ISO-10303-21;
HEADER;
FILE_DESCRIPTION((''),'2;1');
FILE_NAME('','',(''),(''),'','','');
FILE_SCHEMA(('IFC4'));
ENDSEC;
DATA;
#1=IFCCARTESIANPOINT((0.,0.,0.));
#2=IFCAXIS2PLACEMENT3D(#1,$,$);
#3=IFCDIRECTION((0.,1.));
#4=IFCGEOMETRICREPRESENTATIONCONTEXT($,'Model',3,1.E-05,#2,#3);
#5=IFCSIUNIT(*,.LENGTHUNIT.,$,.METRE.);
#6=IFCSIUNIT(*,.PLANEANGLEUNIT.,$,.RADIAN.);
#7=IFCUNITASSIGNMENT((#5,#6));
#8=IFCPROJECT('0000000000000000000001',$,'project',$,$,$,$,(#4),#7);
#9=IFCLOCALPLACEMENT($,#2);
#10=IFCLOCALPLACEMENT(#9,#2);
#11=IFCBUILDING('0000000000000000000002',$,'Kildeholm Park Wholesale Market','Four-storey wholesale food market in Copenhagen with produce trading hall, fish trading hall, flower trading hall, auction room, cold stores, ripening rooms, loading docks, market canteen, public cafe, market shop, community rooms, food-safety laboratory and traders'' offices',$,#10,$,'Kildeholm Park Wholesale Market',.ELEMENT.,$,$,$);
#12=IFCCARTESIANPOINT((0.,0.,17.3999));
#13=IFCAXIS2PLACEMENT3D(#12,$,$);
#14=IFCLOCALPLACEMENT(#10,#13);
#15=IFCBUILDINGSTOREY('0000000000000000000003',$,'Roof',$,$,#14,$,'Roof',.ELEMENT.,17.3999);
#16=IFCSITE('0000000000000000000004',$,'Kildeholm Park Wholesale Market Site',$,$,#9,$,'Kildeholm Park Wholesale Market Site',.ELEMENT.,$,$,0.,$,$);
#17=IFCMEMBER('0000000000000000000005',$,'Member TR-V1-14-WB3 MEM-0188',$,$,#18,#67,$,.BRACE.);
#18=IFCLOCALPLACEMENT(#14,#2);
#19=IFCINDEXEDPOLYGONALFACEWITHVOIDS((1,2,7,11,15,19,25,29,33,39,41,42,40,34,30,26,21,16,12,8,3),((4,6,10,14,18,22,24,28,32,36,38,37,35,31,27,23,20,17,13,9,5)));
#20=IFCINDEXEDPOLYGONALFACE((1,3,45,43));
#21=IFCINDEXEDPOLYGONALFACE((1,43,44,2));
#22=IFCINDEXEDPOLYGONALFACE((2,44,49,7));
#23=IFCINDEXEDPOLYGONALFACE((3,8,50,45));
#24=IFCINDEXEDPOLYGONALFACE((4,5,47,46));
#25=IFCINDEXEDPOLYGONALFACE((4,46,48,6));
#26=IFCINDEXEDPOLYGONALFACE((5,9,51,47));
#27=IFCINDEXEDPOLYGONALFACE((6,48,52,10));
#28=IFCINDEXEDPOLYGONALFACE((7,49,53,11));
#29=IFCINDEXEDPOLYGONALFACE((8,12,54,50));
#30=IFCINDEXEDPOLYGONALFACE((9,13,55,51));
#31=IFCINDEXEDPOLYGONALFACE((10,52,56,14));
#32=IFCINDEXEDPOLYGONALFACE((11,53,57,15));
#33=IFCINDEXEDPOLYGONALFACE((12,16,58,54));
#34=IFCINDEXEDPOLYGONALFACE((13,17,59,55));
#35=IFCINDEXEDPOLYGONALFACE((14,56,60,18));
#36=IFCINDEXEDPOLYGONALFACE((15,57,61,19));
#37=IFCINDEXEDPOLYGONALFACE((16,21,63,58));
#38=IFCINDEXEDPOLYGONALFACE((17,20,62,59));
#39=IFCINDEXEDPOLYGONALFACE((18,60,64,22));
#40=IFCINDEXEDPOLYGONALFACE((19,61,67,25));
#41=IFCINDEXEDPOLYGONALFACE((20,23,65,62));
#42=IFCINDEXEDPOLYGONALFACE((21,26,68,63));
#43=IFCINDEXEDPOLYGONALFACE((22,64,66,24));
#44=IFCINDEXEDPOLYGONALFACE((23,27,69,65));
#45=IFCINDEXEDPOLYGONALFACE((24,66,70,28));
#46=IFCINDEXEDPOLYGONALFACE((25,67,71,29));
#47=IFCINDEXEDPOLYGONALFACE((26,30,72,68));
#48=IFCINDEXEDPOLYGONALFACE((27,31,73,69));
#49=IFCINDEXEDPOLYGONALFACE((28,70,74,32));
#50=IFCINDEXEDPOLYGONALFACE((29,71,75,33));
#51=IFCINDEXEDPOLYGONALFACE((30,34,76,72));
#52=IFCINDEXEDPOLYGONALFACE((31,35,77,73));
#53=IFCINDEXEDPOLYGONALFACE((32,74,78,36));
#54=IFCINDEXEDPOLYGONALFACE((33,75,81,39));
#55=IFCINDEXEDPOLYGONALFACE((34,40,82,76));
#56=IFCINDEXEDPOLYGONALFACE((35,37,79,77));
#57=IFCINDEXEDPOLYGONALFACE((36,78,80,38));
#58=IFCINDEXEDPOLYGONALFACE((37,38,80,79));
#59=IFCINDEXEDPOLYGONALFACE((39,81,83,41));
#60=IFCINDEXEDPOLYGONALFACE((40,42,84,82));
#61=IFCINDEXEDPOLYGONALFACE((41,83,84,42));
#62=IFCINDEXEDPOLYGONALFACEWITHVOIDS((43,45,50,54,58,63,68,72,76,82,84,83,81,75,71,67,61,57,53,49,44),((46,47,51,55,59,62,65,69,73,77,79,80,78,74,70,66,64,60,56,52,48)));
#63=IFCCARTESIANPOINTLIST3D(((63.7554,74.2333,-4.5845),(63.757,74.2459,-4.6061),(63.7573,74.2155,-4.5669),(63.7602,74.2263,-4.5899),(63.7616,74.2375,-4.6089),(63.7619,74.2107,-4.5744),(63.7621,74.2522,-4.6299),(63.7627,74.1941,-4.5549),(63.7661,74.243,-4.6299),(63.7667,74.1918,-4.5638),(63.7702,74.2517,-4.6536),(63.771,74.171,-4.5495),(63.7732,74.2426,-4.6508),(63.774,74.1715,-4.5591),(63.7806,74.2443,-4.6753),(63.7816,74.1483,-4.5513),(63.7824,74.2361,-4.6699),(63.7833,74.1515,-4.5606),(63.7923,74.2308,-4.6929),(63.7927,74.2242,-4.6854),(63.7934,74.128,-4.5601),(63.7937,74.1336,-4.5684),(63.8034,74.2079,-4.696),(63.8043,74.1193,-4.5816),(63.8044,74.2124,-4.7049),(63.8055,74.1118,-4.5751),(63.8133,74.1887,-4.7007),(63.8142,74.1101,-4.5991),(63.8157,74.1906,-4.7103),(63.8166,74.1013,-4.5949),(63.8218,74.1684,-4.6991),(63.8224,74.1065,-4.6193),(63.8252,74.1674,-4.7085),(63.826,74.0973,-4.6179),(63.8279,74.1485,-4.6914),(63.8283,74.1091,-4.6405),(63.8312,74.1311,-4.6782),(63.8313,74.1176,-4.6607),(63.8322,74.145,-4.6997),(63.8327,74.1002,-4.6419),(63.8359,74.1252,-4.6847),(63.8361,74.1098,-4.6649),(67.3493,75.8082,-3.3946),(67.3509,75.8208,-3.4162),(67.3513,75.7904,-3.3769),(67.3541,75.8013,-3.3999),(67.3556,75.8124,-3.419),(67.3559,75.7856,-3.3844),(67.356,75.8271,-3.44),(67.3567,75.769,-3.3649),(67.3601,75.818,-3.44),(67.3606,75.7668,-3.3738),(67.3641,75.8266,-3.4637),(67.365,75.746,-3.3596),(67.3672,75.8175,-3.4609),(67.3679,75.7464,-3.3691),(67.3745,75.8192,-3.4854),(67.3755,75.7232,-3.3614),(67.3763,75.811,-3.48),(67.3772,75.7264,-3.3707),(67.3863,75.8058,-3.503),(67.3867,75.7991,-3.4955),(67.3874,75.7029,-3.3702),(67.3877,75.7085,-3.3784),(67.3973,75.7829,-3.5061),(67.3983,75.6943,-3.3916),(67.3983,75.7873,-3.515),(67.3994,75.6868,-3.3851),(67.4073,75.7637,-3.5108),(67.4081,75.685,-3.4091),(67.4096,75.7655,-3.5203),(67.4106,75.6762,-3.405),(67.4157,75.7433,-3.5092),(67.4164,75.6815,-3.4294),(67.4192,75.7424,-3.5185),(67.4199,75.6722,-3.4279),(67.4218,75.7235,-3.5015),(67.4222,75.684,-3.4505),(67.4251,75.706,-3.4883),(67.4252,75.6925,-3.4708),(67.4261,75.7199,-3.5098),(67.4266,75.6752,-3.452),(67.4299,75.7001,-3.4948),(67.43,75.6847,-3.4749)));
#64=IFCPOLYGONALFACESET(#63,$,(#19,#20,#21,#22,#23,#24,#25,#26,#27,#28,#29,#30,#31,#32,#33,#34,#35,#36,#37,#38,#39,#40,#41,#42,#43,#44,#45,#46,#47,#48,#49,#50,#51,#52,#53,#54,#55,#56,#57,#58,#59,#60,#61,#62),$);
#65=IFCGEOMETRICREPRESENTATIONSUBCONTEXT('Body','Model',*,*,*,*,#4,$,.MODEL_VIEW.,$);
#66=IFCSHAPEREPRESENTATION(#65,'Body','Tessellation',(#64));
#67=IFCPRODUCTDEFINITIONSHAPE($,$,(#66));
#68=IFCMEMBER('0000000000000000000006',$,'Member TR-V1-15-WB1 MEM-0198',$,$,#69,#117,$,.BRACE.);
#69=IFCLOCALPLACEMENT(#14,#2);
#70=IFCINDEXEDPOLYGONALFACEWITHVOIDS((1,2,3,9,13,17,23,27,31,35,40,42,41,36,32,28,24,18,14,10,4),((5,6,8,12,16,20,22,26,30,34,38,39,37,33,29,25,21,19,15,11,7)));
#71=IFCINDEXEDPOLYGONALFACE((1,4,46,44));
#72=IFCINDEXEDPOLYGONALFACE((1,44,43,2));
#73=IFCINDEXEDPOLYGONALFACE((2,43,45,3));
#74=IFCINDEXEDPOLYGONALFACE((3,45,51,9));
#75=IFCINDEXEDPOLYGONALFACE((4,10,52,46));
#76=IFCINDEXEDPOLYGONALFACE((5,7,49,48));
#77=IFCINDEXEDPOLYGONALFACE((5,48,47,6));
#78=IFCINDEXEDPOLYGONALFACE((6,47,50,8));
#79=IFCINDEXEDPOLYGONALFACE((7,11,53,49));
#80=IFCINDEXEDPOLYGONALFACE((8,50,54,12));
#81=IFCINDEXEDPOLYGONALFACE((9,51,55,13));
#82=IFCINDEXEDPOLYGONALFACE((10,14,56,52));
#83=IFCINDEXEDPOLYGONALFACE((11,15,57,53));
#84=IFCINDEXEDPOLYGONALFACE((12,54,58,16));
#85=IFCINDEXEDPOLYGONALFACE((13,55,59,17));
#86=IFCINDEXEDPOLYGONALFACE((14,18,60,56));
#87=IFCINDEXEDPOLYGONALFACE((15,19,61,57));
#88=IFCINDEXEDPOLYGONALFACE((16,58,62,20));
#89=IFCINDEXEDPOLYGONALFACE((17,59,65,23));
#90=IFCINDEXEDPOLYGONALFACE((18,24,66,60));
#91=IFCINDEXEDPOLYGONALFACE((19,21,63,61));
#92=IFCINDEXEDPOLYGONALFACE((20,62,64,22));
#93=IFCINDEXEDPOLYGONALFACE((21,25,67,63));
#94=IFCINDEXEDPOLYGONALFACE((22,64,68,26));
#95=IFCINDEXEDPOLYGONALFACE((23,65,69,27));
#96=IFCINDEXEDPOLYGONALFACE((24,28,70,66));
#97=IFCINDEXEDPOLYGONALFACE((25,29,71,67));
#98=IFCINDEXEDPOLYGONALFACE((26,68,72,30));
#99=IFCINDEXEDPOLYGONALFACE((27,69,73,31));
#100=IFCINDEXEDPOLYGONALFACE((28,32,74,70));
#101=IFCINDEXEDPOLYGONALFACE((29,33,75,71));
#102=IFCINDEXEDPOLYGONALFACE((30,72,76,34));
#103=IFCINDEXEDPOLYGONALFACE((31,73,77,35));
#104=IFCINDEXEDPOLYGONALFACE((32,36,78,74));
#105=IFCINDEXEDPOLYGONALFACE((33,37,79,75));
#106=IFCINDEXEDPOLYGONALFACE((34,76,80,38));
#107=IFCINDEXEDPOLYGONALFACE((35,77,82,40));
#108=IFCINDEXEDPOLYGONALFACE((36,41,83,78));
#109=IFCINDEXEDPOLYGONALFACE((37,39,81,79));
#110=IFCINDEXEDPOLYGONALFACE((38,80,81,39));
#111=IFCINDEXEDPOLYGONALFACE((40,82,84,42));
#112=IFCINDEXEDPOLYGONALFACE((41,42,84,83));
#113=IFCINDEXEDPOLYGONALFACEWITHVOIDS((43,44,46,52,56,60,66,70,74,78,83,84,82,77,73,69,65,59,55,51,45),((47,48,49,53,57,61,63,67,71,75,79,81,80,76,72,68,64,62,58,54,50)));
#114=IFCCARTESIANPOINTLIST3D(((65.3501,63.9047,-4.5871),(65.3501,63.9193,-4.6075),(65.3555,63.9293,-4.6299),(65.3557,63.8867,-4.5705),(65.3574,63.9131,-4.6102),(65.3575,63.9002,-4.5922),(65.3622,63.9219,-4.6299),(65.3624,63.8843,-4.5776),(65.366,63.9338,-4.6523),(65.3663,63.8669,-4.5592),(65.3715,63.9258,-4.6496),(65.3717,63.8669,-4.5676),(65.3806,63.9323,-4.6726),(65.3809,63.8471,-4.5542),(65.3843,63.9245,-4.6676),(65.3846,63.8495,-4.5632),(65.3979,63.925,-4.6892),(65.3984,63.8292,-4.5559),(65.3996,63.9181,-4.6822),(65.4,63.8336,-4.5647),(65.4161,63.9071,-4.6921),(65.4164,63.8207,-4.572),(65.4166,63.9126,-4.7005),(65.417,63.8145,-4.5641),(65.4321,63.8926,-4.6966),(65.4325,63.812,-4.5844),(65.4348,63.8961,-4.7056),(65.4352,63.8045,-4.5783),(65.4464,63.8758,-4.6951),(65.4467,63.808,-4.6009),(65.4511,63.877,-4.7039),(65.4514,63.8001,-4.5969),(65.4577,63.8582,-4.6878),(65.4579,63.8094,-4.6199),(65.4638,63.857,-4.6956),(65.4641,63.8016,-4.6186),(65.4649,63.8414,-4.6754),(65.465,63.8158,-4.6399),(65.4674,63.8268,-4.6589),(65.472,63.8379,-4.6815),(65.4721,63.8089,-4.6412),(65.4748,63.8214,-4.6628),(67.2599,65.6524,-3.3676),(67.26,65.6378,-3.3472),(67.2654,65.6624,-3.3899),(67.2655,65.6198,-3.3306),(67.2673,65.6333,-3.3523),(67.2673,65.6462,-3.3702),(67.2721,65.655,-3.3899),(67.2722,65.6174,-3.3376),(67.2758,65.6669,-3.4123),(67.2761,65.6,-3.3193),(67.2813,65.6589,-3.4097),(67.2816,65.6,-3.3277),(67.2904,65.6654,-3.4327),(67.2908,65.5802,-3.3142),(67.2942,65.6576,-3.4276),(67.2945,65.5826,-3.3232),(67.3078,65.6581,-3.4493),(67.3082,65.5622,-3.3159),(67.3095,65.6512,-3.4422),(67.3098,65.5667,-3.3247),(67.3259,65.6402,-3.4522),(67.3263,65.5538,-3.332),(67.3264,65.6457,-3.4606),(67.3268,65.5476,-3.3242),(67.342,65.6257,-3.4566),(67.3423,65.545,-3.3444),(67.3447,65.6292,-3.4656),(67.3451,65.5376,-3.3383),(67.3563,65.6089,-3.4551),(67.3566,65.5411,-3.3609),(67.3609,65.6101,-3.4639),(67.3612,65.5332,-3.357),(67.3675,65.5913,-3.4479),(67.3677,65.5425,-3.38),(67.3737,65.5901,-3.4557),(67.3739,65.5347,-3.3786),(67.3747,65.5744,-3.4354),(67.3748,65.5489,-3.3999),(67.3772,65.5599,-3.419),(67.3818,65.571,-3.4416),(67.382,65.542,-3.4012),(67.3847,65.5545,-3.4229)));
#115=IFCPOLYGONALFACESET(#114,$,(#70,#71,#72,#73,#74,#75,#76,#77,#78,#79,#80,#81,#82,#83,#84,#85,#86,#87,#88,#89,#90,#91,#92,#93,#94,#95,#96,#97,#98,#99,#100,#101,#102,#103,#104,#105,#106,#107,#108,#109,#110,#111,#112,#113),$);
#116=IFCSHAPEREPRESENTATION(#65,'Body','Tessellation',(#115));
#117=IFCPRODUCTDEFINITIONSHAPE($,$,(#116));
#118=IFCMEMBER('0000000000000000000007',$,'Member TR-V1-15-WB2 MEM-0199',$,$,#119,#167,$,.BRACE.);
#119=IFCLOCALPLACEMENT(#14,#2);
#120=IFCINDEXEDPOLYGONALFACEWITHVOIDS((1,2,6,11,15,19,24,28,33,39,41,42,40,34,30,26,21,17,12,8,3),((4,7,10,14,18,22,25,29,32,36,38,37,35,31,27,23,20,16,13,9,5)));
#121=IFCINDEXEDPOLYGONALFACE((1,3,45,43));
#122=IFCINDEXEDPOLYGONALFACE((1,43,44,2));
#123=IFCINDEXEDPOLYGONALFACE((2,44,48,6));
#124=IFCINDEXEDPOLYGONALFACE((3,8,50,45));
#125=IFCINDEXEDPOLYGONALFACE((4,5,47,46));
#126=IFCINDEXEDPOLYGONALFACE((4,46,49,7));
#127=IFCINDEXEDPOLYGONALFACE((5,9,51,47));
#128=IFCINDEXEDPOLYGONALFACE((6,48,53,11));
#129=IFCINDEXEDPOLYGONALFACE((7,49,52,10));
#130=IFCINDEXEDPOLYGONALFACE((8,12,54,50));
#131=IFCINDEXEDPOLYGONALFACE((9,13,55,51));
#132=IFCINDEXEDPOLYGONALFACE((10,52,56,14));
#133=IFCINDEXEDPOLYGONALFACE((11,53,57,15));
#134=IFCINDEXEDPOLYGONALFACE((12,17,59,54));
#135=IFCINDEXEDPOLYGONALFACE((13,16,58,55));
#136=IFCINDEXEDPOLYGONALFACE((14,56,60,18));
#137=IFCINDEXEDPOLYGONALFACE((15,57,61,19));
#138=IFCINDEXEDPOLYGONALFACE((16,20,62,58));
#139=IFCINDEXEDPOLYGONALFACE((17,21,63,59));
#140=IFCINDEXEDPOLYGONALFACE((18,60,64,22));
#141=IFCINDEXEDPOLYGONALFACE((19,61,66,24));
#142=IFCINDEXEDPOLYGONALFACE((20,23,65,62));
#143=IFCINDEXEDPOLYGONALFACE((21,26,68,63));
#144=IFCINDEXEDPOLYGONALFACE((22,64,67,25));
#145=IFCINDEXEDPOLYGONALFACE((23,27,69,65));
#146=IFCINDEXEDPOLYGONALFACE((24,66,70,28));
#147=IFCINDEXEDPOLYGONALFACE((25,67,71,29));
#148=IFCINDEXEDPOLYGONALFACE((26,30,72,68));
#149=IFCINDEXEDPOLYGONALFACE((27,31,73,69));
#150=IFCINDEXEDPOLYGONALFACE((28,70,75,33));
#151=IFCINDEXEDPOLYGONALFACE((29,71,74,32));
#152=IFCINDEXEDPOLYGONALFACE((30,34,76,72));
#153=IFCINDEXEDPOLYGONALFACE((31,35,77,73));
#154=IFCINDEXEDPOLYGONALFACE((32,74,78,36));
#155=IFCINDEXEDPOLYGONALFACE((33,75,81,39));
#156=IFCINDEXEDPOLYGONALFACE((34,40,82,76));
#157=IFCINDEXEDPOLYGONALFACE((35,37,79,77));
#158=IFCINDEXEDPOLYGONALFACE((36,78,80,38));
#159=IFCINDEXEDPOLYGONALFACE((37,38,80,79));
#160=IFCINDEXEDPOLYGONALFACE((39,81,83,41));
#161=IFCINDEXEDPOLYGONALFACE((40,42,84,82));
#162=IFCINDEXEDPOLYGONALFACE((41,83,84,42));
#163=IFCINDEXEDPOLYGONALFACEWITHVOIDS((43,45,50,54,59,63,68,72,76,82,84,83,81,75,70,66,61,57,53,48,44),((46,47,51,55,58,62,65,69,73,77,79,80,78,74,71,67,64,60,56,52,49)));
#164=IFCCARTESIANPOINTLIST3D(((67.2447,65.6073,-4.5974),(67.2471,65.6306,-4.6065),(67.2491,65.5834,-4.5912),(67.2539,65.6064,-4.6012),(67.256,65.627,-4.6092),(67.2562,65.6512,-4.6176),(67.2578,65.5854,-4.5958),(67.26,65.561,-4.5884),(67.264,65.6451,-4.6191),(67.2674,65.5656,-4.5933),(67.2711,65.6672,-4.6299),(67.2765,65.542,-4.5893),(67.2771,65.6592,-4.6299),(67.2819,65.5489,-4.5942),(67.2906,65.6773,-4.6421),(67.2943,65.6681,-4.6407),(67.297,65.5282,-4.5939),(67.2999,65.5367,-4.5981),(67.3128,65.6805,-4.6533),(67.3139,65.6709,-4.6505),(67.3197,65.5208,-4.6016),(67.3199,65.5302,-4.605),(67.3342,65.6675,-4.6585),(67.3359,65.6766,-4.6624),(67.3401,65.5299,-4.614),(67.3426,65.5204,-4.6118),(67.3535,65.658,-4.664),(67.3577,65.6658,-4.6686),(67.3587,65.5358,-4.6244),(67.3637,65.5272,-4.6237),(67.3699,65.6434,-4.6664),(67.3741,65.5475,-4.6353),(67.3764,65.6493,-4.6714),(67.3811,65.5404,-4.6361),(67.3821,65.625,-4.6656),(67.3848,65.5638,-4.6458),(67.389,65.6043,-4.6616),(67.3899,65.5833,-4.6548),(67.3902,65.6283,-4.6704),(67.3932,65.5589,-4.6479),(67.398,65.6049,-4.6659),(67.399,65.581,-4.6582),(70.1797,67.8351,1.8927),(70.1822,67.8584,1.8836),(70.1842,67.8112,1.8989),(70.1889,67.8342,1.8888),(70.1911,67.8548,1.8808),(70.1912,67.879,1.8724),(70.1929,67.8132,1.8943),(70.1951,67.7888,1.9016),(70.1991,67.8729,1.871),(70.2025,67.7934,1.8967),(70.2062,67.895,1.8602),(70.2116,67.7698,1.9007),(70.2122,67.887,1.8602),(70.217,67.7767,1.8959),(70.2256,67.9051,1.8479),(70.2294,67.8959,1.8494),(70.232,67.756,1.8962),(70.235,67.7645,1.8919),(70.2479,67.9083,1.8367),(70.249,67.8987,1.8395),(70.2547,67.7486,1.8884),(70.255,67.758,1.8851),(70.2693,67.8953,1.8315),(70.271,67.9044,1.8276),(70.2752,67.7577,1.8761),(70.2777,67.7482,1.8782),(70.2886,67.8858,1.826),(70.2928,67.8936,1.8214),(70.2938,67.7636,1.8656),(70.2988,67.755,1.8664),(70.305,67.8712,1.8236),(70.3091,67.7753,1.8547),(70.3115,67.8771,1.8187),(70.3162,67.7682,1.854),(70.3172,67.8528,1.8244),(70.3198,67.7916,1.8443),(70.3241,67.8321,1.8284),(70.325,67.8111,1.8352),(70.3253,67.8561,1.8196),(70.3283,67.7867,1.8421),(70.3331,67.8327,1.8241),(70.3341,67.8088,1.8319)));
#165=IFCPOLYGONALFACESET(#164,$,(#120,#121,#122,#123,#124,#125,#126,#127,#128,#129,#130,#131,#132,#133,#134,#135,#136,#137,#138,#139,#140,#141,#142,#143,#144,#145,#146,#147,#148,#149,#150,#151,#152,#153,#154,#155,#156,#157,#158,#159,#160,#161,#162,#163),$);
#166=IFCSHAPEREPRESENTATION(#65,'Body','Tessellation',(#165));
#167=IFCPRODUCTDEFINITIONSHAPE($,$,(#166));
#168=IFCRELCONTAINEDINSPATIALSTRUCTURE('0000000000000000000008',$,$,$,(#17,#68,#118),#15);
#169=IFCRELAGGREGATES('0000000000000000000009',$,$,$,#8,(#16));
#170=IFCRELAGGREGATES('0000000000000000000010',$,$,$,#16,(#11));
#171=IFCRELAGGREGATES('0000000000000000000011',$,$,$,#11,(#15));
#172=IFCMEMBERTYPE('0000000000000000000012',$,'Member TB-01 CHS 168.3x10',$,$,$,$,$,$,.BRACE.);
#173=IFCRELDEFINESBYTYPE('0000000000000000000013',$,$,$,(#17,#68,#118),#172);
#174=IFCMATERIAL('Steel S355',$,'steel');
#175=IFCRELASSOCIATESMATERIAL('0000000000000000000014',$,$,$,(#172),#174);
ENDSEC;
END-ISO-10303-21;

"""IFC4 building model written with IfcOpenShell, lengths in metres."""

from ifc_helpers import new_model, si_unit, direction, frame, origin, origin_2d, place, context, subcontext, project, spatial, hollow_circle, extrude, material, material_profile, profile_set, type_object, element, save


model = new_model("IFC4")

# Units and contexts
model_context = context("Model", 3, precision=1e-05, world=origin(), true_north=direction((0.0, 1.0)))
body_context = subcontext(model_context, "Body", "Model", "MODEL_VIEW")
ifc_project = project(units=[si_unit("LENGTHUNIT", "METRE"), si_unit("PLANEANGLEUNIT", "RADIAN")], contexts=[model_context])

# Site, building, storey
site_placement = place(None, origin())
site = spatial("IfcSite", under=ifc_project, at=site_placement, Name="Kildeholm Park Wholesale Market Site", LongName="Kildeholm Park Wholesale Market Site", CompositionType="ELEMENT", RefElevation=0.0)
building_placement = place(site_placement, origin())
building = spatial("IfcBuilding", under=site, at=building_placement, Name="Kildeholm Park Wholesale Market", Description="Four-storey wholesale food market in Copenhagen with produce trading hall, fish trading hall, flower trading hall, auction room, cold stores, ripening rooms, loading docks, market canteen, public cafe, market shop, community rooms, food-safety laboratory and traders' offices", LongName="Kildeholm Park Wholesale Market", CompositionType="ELEMENT")
storey_placement = place(building_placement, frame((0.0, 0.0, 17.3999)))
storey = spatial("IfcBuildingStorey", under=building, at=storey_placement, Name="Roof", LongName="Roof", CompositionType="ELEMENT", Elevation=17.3999)

# Shared definitions
ifc_material_1 = material(Name="Steel S355", Category="steel")

# Members
ifc_material_profile_1 = material_profile(ifc_material_1, hollow_circle(Radius=0.0842, WallThickness=0.01, at=origin_2d()), Name="CHS 168.3x10")
ifc_profile_set_1 = profile_set([ifc_material_profile_1], Name="Steel S355")
member_type_1 = type_object("IfcMemberType", Name="Member TB-01 CHS 168.3x10", PredefinedType="BRACE", material=ifc_profile_set_1)
member_1_placement = place(storey_placement, frame((63.7959, 74.175, -4.6299), z_axis=(0.8765, 0.384098, 0.290202), x_axis=(-0.40137, 0.915916, 0.0)))
element("IfcMember", 1, at=member_1_placement, inside=storey, type_object=member_type_1, Name="Member TR-V1-14-WB3 MEM-0188", PredefinedType="BRACE", context=body_context, shape_type="SweptSolid", body=[
    extrude(hollow_circle(Radius=0.0842, WallThickness=0.01, at=origin_2d()), origin(), (0.0, 0.0, 1.0), 4.1003),
])
member_2_placement = place(storey_placement, frame((65.4121, 63.8669, -4.6299), z_axis=(0.667411, 0.605644, 0.43331), x_axis=(-0.672008, 0.740544, 0.0)))
element("IfcMember", 2, at=member_2_placement, inside=storey, type_object=member_type_1, Name="Member TR-V1-15-WB1 MEM-0198", PredefinedType="BRACE", context=body_context, shape_type="SweptSolid", body=[
    extrude(hollow_circle(Radius=0.0842, WallThickness=0.01, at=origin_2d()), origin(), (0.0, 0.0, 1.0), 2.8616),
])
member_3_placement = place(storey_placement, frame((67.322, 65.6001, -4.6299), z_axis=(0.393277, 0.298507, 0.869613), x_axis=(-0.604591, 0.796536, 0.0)))
element("IfcMember", 3, at=member_3_placement, inside=storey, type_object=member_type_1, Name="Member TR-V1-15-WB2 MEM-0199", PredefinedType="BRACE", context=body_context, shape_type="SweptSolid", body=[
    extrude(hollow_circle(Radius=0.0842, WallThickness=0.01, at=origin_2d()), origin(), (0.0, 0.0, 1.0), 7.4631),
])

save(model, "model.ifc")
